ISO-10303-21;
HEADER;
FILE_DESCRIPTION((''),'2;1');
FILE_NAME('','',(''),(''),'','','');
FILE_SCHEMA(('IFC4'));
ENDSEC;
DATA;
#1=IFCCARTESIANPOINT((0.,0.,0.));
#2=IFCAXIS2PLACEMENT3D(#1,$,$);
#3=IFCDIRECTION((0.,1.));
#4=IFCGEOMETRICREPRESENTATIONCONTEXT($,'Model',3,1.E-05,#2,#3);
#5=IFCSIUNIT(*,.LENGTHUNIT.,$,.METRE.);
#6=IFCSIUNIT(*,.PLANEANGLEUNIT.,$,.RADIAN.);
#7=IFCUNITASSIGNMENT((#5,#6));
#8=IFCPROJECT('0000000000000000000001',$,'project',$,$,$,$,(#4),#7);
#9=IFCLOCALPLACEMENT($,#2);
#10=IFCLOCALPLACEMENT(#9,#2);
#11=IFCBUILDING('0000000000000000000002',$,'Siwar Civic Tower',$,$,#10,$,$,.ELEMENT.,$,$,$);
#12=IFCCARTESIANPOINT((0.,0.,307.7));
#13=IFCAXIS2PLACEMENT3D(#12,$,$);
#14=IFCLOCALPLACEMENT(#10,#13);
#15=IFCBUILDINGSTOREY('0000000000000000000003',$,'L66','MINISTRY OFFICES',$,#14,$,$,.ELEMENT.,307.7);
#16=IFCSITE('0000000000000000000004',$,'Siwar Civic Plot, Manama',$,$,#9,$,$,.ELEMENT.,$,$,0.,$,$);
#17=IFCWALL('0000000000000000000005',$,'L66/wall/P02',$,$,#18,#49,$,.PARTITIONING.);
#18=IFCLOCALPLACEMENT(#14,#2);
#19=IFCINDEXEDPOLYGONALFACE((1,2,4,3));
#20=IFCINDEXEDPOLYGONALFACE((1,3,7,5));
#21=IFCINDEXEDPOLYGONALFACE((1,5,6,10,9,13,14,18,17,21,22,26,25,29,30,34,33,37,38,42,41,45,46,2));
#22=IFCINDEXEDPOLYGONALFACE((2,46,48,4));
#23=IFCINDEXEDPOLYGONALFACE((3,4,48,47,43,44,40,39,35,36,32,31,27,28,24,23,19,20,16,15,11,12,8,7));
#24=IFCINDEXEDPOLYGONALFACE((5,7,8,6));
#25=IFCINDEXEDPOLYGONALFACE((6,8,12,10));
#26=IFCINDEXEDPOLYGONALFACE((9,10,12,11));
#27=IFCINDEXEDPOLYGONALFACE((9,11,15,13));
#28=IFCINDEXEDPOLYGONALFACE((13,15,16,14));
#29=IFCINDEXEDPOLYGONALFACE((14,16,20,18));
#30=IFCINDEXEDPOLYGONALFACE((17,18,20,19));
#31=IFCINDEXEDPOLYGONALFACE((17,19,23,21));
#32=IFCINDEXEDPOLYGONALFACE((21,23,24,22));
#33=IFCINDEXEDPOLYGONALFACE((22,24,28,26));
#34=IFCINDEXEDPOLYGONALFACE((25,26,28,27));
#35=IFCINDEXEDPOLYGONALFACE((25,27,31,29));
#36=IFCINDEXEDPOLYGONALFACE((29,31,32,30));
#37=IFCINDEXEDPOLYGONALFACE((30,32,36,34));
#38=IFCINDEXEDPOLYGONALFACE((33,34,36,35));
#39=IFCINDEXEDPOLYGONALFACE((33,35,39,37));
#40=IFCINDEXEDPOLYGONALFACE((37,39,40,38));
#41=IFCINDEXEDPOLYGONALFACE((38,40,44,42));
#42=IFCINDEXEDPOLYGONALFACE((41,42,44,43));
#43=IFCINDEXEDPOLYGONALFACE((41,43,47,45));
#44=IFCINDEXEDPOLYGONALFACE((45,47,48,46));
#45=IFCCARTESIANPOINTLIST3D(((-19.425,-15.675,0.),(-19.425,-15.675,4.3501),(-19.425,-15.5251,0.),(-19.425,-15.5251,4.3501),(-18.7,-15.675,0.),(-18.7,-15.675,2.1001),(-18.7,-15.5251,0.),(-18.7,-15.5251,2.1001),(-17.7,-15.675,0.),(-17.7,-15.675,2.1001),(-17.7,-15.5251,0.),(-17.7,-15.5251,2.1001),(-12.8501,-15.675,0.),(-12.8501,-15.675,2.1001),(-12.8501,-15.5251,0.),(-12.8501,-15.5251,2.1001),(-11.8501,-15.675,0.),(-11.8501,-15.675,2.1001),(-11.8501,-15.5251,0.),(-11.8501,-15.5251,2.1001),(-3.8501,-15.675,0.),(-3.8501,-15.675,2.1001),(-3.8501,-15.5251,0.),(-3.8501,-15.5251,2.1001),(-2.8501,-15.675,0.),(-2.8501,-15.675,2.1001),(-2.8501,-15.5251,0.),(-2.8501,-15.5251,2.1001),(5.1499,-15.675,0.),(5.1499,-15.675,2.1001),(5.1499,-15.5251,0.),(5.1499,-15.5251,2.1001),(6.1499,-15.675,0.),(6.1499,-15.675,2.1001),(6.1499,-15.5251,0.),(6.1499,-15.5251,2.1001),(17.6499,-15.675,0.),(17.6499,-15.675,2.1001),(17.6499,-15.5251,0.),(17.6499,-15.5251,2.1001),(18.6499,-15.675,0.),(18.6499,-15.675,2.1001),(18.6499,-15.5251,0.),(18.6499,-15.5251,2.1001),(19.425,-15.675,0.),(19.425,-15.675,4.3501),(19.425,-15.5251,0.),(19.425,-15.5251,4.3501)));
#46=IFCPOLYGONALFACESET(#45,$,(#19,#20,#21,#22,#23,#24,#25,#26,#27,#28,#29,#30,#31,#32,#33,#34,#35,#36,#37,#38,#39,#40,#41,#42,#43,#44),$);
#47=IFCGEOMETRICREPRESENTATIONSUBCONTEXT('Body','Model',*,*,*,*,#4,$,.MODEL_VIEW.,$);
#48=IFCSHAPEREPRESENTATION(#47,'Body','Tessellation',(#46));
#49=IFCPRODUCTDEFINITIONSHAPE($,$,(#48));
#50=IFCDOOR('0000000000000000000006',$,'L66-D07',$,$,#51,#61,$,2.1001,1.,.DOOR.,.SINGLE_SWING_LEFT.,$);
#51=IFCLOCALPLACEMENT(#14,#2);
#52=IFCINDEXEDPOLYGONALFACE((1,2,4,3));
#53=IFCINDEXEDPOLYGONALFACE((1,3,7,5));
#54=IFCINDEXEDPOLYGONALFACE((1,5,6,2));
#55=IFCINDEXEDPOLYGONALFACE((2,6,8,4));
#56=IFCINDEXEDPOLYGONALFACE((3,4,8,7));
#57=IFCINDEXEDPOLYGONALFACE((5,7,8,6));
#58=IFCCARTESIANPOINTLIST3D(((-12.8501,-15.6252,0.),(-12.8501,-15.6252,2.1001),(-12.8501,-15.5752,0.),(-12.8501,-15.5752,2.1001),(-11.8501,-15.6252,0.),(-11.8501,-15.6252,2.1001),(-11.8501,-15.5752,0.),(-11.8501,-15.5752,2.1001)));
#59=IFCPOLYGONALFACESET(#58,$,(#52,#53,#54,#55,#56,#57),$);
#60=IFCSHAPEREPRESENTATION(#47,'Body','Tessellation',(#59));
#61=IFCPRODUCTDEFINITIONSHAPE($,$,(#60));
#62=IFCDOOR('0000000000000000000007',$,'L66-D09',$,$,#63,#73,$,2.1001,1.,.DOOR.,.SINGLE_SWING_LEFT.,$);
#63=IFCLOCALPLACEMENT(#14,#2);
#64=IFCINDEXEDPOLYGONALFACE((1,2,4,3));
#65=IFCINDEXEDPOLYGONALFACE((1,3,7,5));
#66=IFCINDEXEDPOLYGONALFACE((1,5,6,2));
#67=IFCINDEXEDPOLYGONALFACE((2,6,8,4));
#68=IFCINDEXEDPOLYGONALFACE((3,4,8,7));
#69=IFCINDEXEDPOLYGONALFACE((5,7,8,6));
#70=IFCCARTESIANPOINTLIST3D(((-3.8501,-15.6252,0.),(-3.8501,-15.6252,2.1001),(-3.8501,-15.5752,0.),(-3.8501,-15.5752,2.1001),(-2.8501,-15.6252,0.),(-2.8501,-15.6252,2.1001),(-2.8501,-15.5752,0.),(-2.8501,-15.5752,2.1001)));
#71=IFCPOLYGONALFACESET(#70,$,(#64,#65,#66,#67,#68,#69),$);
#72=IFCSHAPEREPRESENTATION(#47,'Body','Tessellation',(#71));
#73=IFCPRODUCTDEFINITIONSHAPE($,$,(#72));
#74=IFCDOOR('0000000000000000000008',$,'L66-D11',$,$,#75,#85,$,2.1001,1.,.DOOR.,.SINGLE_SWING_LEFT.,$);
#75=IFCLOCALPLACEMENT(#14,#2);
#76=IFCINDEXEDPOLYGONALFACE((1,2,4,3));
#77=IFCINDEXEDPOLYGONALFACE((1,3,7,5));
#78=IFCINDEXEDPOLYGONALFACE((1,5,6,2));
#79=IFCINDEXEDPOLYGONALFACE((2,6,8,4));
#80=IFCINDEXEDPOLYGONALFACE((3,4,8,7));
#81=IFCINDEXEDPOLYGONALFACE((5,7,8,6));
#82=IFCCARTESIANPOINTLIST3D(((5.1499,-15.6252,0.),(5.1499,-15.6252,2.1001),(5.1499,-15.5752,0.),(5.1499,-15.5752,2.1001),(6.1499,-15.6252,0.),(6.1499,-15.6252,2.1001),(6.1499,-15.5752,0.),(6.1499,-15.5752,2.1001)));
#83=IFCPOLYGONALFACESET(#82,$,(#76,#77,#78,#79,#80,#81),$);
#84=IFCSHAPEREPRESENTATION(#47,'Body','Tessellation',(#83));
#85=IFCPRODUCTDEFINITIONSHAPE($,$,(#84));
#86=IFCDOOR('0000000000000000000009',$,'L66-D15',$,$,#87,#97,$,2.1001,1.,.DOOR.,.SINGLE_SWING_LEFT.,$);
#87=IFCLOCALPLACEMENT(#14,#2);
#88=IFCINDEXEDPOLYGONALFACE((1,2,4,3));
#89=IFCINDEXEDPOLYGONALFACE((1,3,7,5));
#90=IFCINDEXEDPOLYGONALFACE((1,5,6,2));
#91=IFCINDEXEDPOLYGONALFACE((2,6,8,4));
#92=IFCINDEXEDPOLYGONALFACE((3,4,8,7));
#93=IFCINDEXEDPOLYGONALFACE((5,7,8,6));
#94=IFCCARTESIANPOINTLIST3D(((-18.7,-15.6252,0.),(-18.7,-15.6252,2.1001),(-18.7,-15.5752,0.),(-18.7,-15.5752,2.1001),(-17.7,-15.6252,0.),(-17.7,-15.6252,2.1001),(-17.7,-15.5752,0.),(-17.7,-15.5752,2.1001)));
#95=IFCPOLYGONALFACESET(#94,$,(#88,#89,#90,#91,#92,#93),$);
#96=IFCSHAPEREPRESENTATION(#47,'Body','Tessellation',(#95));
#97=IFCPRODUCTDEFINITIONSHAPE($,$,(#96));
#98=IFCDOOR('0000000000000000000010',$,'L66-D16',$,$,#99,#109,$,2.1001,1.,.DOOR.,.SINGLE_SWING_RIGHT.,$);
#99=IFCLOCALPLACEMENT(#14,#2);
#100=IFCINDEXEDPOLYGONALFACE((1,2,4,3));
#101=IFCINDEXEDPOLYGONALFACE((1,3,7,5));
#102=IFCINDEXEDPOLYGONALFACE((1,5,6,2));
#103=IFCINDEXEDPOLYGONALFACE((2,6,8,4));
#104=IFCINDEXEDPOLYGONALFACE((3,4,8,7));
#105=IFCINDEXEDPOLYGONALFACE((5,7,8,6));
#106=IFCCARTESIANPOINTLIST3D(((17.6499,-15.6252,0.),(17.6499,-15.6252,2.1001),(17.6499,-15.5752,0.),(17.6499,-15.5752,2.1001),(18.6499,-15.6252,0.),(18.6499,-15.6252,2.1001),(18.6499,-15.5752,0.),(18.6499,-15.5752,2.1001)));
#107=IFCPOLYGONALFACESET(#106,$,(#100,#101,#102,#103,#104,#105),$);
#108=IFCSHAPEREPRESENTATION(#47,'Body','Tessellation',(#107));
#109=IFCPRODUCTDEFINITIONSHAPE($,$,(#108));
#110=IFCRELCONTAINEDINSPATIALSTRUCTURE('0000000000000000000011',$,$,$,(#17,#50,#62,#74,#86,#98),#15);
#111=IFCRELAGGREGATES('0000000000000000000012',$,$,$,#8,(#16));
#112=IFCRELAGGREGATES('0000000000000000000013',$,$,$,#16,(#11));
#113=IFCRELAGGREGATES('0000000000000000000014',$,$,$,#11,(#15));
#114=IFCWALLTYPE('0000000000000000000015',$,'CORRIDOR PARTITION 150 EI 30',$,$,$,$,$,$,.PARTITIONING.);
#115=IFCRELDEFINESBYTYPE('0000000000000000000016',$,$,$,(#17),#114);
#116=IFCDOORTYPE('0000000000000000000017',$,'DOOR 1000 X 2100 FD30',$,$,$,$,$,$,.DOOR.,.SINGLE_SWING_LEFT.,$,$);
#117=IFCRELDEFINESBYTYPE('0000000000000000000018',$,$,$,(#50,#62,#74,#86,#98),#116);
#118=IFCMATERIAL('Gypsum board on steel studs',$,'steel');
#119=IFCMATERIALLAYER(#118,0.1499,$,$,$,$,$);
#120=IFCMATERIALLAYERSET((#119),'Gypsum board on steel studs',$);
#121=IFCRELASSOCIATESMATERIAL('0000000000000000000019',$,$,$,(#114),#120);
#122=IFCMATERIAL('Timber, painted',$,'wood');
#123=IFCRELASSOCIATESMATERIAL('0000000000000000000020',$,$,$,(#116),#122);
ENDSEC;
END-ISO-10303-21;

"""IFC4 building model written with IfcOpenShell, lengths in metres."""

from ifc_helpers import new_model, si_unit, direction, frame, frame_2d, origin, place, context, subcontext, project, spatial, rectangle, extrude, material, layer, layer_set, type_object, element, fill, save


model = new_model("IFC4")

# Units and contexts
model_context = context("Model", 3, precision=1e-05, world=origin(), true_north=direction((0.0, 1.0)))
body_context = subcontext(model_context, "Body", "Model", "MODEL_VIEW")
ifc_project = project(units=[si_unit("LENGTHUNIT", "METRE"), si_unit("PLANEANGLEUNIT", "RADIAN")], contexts=[model_context])

# Site, building, storey
site_placement = place(None, origin())
site = spatial("IfcSite", under=ifc_project, at=site_placement, Name="Siwar Civic Plot, Manama", CompositionType="ELEMENT", RefElevation=0.0)
building_placement = place(site_placement, origin())
building = spatial("IfcBuilding", under=site, at=building_placement, Name="Siwar Civic Tower", CompositionType="ELEMENT")
storey_placement = place(building_placement, frame((0.0, 0.0, 307.7)))
storey = spatial("IfcBuildingStorey", under=building, at=storey_placement, Name="L66", Description="MINISTRY OFFICES", CompositionType="ELEMENT", Elevation=307.7)

# Wall, openings, doors
ifc_material_1 = material(Name="Gypsum board on steel studs", Category="steel")
ifc_layer_1 = layer(ifc_material_1, 0.1499)
ifc_layer_set_1 = layer_set([ifc_layer_1], Name="Gypsum board on steel studs")
wall_type = type_object("IfcWallType", Name="CORRIDOR PARTITION 150 EI 30", PredefinedType="PARTITIONING", material=ifc_layer_set_1)
wall_1_placement = place(storey_placement, frame((-19.425, -15.6001, 0.0), z_axis=(0.0, 0.0, 1.0), x_axis=(1.0, 0.0, 0.0)))
wall_1 = element("IfcWall", 1, at=wall_1_placement, inside=storey, type_object=wall_type, Name="L66/wall/P02", PredefinedType="PARTITIONING", context=body_context, shape_type="SweptSolid", body=[
    extrude(rectangle(XDim=38.8501, YDim=0.1499, at=frame_2d((19.425, 0.0))), origin(), (0.0, 0.0, 1.0), 4.3501),
])
opening_1_placement = place(wall_1_placement, frame((6.575, 0.0, 0.0)))
opening_1 = element("IfcOpeningElement", 2, at=opening_1_placement, cuts=wall_1, PredefinedType="OPENING", context=body_context, shape_type="SweptSolid", body=[
    extrude(rectangle(XDim=1.0, YDim=2.1001, at=frame_2d((0.5, 1.05))), frame((0.0, 0.085, 0.0), z_axis=(0.0, -1.0, 0.0), x_axis=(1.0, 0.0, 0.0)), (0.0, 0.0, 1.0), 0.1699),
])
opening_2_placement = place(wall_1_placement, frame((15.575, 0.0, 0.0)))
opening_2 = element("IfcOpeningElement", 3, at=opening_2_placement, cuts=wall_1, PredefinedType="OPENING", context=body_context, shape_type="SweptSolid", body=[
    extrude(rectangle(XDim=1.0, YDim=2.1001, at=frame_2d((0.5, 1.05))), frame((0.0, 0.085, 0.0), z_axis=(0.0, -1.0, 0.0), x_axis=(1.0, 0.0, 0.0)), (0.0, 0.0, 1.0), 0.1699),
])
opening_3_placement = place(wall_1_placement, frame((24.575, 0.0, 0.0)))
opening_3 = element("IfcOpeningElement", 4, at=opening_3_placement, cuts=wall_1, PredefinedType="OPENING", context=body_context, shape_type="SweptSolid", body=[
    extrude(rectangle(XDim=1.0, YDim=2.1001, at=frame_2d((0.5, 1.05))), frame((0.0, 0.085, 0.0), z_axis=(0.0, -1.0, 0.0), x_axis=(1.0, 0.0, 0.0)), (0.0, 0.0, 1.0), 0.1699),
])
opening_4_placement = place(wall_1_placement, frame((0.7251, 0.0, 0.0)))
opening_4 = element("IfcOpeningElement", 5, at=opening_4_placement, cuts=wall_1, PredefinedType="OPENING", context=body_context, shape_type="SweptSolid", body=[
    extrude(rectangle(XDim=1.0, YDim=2.1001, at=frame_2d((0.5, 1.05))), frame((0.0, 0.085, 0.0), z_axis=(0.0, -1.0, 0.0), x_axis=(1.0, 0.0, 0.0)), (0.0, 0.0, 1.0), 0.1699),
])
opening_5_placement = place(wall_1_placement, frame((37.075, 0.0, 0.0)))
opening_5 = element("IfcOpeningElement", 6, at=opening_5_placement, cuts=wall_1, PredefinedType="OPENING", context=body_context, shape_type="SweptSolid", body=[
    extrude(rectangle(XDim=1.0, YDim=2.1001, at=frame_2d((0.5, 1.05))), frame((0.0, 0.085, 0.0), z_axis=(0.0, -1.0, 0.0), x_axis=(1.0, 0.0, 0.0)), (0.0, 0.0, 1.0), 0.1699),
])
ifc_material_2 = material(Name="Timber, painted", Category="wood")
door_type = type_object("IfcDoorType", Name="DOOR 1000 X 2100 FD30", OperationType="SINGLE_SWING_LEFT", PredefinedType="DOOR", material=ifc_material_2)
door_1_placement = place(opening_1_placement, origin())
door_1 = element("IfcDoor", 7, at=door_1_placement, inside=storey, type_object=door_type, Name="L66-D07", OperationType="SINGLE_SWING_LEFT", OverallHeight=2.1001, OverallWidth=1.0, PredefinedType="DOOR", context=body_context, shape_type="SweptSolid", body=[
    extrude(rectangle(XDim=1.0, YDim=2.1001, at=frame_2d((0.5, 1.05))), frame((0.0, 0.0249, 0.0), z_axis=(0.0, -1.0, 0.0), x_axis=(1.0, 0.0, 0.0)), (0.0, 0.0, 1.0), 0.05),
])
fill(opening_1, door_1)
door_2_placement = place(opening_2_placement, origin())
door_2 = element("IfcDoor", 8, at=door_2_placement, inside=storey, type_object=door_type, Name="L66-D09", OperationType="SINGLE_SWING_LEFT", OverallHeight=2.1001, OverallWidth=1.0, PredefinedType="DOOR", context=body_context, shape_type="SweptSolid", body=[
    extrude(rectangle(XDim=1.0, YDim=2.1001, at=frame_2d((0.5, 1.05))), frame((0.0, 0.0249, 0.0), z_axis=(0.0, -1.0, 0.0), x_axis=(1.0, 0.0, 0.0)), (0.0, 0.0, 1.0), 0.05),
])
fill(opening_2, door_2)
door_3_placement = place(opening_3_placement, origin())
door_3 = element("IfcDoor", 9, at=door_3_placement, inside=storey, type_object=door_type, Name="L66-D11", OperationType="SINGLE_SWING_LEFT", OverallHeight=2.1001, OverallWidth=1.0, PredefinedType="DOOR", context=body_context, shape_type="SweptSolid", body=[
    extrude(rectangle(XDim=1.0, YDim=2.1001, at=frame_2d((0.5, 1.05))), frame((0.0, 0.0249, 0.0), z_axis=(0.0, -1.0, 0.0), x_axis=(1.0, 0.0, 0.0)), (0.0, 0.0, 1.0), 0.05),
])
fill(opening_3, door_3)
door_4_placement = place(opening_4_placement, origin())
door_4 = element("IfcDoor", 10, at=door_4_placement, inside=storey, type_object=door_type, Name="L66-D15", OperationType="SINGLE_SWING_LEFT", OverallHeight=2.1001, OverallWidth=1.0, PredefinedType="DOOR", context=body_context, shape_type="SweptSolid", body=[
    extrude(rectangle(XDim=1.0, YDim=2.1001, at=frame_2d((0.5, 1.05))), frame((0.0, 0.0249, 0.0), z_axis=(0.0, -1.0, 0.0), x_axis=(1.0, 0.0, 0.0)), (0.0, 0.0, 1.0), 0.05),
])
fill(opening_4, door_4)
door_5_placement = place(opening_5_placement, origin())
door_5 = element("IfcDoor", 11, at=door_5_placement, inside=storey, type_object=door_type, Name="L66-D16", OperationType="SINGLE_SWING_RIGHT", OverallHeight=2.1001, OverallWidth=1.0, PredefinedType="DOOR", context=body_context, shape_type="SweptSolid", body=[
    extrude(rectangle(XDim=1.0, YDim=2.1001, at=frame_2d((0.5, 1.05))), frame((0.0, 0.0249, 0.0), z_axis=(0.0, -1.0, 0.0), x_axis=(1.0, 0.0, 0.0)), (0.0, 0.0, 1.0), 0.05),
])
fill(opening_5, door_5)

save(model, "model.ifc")
